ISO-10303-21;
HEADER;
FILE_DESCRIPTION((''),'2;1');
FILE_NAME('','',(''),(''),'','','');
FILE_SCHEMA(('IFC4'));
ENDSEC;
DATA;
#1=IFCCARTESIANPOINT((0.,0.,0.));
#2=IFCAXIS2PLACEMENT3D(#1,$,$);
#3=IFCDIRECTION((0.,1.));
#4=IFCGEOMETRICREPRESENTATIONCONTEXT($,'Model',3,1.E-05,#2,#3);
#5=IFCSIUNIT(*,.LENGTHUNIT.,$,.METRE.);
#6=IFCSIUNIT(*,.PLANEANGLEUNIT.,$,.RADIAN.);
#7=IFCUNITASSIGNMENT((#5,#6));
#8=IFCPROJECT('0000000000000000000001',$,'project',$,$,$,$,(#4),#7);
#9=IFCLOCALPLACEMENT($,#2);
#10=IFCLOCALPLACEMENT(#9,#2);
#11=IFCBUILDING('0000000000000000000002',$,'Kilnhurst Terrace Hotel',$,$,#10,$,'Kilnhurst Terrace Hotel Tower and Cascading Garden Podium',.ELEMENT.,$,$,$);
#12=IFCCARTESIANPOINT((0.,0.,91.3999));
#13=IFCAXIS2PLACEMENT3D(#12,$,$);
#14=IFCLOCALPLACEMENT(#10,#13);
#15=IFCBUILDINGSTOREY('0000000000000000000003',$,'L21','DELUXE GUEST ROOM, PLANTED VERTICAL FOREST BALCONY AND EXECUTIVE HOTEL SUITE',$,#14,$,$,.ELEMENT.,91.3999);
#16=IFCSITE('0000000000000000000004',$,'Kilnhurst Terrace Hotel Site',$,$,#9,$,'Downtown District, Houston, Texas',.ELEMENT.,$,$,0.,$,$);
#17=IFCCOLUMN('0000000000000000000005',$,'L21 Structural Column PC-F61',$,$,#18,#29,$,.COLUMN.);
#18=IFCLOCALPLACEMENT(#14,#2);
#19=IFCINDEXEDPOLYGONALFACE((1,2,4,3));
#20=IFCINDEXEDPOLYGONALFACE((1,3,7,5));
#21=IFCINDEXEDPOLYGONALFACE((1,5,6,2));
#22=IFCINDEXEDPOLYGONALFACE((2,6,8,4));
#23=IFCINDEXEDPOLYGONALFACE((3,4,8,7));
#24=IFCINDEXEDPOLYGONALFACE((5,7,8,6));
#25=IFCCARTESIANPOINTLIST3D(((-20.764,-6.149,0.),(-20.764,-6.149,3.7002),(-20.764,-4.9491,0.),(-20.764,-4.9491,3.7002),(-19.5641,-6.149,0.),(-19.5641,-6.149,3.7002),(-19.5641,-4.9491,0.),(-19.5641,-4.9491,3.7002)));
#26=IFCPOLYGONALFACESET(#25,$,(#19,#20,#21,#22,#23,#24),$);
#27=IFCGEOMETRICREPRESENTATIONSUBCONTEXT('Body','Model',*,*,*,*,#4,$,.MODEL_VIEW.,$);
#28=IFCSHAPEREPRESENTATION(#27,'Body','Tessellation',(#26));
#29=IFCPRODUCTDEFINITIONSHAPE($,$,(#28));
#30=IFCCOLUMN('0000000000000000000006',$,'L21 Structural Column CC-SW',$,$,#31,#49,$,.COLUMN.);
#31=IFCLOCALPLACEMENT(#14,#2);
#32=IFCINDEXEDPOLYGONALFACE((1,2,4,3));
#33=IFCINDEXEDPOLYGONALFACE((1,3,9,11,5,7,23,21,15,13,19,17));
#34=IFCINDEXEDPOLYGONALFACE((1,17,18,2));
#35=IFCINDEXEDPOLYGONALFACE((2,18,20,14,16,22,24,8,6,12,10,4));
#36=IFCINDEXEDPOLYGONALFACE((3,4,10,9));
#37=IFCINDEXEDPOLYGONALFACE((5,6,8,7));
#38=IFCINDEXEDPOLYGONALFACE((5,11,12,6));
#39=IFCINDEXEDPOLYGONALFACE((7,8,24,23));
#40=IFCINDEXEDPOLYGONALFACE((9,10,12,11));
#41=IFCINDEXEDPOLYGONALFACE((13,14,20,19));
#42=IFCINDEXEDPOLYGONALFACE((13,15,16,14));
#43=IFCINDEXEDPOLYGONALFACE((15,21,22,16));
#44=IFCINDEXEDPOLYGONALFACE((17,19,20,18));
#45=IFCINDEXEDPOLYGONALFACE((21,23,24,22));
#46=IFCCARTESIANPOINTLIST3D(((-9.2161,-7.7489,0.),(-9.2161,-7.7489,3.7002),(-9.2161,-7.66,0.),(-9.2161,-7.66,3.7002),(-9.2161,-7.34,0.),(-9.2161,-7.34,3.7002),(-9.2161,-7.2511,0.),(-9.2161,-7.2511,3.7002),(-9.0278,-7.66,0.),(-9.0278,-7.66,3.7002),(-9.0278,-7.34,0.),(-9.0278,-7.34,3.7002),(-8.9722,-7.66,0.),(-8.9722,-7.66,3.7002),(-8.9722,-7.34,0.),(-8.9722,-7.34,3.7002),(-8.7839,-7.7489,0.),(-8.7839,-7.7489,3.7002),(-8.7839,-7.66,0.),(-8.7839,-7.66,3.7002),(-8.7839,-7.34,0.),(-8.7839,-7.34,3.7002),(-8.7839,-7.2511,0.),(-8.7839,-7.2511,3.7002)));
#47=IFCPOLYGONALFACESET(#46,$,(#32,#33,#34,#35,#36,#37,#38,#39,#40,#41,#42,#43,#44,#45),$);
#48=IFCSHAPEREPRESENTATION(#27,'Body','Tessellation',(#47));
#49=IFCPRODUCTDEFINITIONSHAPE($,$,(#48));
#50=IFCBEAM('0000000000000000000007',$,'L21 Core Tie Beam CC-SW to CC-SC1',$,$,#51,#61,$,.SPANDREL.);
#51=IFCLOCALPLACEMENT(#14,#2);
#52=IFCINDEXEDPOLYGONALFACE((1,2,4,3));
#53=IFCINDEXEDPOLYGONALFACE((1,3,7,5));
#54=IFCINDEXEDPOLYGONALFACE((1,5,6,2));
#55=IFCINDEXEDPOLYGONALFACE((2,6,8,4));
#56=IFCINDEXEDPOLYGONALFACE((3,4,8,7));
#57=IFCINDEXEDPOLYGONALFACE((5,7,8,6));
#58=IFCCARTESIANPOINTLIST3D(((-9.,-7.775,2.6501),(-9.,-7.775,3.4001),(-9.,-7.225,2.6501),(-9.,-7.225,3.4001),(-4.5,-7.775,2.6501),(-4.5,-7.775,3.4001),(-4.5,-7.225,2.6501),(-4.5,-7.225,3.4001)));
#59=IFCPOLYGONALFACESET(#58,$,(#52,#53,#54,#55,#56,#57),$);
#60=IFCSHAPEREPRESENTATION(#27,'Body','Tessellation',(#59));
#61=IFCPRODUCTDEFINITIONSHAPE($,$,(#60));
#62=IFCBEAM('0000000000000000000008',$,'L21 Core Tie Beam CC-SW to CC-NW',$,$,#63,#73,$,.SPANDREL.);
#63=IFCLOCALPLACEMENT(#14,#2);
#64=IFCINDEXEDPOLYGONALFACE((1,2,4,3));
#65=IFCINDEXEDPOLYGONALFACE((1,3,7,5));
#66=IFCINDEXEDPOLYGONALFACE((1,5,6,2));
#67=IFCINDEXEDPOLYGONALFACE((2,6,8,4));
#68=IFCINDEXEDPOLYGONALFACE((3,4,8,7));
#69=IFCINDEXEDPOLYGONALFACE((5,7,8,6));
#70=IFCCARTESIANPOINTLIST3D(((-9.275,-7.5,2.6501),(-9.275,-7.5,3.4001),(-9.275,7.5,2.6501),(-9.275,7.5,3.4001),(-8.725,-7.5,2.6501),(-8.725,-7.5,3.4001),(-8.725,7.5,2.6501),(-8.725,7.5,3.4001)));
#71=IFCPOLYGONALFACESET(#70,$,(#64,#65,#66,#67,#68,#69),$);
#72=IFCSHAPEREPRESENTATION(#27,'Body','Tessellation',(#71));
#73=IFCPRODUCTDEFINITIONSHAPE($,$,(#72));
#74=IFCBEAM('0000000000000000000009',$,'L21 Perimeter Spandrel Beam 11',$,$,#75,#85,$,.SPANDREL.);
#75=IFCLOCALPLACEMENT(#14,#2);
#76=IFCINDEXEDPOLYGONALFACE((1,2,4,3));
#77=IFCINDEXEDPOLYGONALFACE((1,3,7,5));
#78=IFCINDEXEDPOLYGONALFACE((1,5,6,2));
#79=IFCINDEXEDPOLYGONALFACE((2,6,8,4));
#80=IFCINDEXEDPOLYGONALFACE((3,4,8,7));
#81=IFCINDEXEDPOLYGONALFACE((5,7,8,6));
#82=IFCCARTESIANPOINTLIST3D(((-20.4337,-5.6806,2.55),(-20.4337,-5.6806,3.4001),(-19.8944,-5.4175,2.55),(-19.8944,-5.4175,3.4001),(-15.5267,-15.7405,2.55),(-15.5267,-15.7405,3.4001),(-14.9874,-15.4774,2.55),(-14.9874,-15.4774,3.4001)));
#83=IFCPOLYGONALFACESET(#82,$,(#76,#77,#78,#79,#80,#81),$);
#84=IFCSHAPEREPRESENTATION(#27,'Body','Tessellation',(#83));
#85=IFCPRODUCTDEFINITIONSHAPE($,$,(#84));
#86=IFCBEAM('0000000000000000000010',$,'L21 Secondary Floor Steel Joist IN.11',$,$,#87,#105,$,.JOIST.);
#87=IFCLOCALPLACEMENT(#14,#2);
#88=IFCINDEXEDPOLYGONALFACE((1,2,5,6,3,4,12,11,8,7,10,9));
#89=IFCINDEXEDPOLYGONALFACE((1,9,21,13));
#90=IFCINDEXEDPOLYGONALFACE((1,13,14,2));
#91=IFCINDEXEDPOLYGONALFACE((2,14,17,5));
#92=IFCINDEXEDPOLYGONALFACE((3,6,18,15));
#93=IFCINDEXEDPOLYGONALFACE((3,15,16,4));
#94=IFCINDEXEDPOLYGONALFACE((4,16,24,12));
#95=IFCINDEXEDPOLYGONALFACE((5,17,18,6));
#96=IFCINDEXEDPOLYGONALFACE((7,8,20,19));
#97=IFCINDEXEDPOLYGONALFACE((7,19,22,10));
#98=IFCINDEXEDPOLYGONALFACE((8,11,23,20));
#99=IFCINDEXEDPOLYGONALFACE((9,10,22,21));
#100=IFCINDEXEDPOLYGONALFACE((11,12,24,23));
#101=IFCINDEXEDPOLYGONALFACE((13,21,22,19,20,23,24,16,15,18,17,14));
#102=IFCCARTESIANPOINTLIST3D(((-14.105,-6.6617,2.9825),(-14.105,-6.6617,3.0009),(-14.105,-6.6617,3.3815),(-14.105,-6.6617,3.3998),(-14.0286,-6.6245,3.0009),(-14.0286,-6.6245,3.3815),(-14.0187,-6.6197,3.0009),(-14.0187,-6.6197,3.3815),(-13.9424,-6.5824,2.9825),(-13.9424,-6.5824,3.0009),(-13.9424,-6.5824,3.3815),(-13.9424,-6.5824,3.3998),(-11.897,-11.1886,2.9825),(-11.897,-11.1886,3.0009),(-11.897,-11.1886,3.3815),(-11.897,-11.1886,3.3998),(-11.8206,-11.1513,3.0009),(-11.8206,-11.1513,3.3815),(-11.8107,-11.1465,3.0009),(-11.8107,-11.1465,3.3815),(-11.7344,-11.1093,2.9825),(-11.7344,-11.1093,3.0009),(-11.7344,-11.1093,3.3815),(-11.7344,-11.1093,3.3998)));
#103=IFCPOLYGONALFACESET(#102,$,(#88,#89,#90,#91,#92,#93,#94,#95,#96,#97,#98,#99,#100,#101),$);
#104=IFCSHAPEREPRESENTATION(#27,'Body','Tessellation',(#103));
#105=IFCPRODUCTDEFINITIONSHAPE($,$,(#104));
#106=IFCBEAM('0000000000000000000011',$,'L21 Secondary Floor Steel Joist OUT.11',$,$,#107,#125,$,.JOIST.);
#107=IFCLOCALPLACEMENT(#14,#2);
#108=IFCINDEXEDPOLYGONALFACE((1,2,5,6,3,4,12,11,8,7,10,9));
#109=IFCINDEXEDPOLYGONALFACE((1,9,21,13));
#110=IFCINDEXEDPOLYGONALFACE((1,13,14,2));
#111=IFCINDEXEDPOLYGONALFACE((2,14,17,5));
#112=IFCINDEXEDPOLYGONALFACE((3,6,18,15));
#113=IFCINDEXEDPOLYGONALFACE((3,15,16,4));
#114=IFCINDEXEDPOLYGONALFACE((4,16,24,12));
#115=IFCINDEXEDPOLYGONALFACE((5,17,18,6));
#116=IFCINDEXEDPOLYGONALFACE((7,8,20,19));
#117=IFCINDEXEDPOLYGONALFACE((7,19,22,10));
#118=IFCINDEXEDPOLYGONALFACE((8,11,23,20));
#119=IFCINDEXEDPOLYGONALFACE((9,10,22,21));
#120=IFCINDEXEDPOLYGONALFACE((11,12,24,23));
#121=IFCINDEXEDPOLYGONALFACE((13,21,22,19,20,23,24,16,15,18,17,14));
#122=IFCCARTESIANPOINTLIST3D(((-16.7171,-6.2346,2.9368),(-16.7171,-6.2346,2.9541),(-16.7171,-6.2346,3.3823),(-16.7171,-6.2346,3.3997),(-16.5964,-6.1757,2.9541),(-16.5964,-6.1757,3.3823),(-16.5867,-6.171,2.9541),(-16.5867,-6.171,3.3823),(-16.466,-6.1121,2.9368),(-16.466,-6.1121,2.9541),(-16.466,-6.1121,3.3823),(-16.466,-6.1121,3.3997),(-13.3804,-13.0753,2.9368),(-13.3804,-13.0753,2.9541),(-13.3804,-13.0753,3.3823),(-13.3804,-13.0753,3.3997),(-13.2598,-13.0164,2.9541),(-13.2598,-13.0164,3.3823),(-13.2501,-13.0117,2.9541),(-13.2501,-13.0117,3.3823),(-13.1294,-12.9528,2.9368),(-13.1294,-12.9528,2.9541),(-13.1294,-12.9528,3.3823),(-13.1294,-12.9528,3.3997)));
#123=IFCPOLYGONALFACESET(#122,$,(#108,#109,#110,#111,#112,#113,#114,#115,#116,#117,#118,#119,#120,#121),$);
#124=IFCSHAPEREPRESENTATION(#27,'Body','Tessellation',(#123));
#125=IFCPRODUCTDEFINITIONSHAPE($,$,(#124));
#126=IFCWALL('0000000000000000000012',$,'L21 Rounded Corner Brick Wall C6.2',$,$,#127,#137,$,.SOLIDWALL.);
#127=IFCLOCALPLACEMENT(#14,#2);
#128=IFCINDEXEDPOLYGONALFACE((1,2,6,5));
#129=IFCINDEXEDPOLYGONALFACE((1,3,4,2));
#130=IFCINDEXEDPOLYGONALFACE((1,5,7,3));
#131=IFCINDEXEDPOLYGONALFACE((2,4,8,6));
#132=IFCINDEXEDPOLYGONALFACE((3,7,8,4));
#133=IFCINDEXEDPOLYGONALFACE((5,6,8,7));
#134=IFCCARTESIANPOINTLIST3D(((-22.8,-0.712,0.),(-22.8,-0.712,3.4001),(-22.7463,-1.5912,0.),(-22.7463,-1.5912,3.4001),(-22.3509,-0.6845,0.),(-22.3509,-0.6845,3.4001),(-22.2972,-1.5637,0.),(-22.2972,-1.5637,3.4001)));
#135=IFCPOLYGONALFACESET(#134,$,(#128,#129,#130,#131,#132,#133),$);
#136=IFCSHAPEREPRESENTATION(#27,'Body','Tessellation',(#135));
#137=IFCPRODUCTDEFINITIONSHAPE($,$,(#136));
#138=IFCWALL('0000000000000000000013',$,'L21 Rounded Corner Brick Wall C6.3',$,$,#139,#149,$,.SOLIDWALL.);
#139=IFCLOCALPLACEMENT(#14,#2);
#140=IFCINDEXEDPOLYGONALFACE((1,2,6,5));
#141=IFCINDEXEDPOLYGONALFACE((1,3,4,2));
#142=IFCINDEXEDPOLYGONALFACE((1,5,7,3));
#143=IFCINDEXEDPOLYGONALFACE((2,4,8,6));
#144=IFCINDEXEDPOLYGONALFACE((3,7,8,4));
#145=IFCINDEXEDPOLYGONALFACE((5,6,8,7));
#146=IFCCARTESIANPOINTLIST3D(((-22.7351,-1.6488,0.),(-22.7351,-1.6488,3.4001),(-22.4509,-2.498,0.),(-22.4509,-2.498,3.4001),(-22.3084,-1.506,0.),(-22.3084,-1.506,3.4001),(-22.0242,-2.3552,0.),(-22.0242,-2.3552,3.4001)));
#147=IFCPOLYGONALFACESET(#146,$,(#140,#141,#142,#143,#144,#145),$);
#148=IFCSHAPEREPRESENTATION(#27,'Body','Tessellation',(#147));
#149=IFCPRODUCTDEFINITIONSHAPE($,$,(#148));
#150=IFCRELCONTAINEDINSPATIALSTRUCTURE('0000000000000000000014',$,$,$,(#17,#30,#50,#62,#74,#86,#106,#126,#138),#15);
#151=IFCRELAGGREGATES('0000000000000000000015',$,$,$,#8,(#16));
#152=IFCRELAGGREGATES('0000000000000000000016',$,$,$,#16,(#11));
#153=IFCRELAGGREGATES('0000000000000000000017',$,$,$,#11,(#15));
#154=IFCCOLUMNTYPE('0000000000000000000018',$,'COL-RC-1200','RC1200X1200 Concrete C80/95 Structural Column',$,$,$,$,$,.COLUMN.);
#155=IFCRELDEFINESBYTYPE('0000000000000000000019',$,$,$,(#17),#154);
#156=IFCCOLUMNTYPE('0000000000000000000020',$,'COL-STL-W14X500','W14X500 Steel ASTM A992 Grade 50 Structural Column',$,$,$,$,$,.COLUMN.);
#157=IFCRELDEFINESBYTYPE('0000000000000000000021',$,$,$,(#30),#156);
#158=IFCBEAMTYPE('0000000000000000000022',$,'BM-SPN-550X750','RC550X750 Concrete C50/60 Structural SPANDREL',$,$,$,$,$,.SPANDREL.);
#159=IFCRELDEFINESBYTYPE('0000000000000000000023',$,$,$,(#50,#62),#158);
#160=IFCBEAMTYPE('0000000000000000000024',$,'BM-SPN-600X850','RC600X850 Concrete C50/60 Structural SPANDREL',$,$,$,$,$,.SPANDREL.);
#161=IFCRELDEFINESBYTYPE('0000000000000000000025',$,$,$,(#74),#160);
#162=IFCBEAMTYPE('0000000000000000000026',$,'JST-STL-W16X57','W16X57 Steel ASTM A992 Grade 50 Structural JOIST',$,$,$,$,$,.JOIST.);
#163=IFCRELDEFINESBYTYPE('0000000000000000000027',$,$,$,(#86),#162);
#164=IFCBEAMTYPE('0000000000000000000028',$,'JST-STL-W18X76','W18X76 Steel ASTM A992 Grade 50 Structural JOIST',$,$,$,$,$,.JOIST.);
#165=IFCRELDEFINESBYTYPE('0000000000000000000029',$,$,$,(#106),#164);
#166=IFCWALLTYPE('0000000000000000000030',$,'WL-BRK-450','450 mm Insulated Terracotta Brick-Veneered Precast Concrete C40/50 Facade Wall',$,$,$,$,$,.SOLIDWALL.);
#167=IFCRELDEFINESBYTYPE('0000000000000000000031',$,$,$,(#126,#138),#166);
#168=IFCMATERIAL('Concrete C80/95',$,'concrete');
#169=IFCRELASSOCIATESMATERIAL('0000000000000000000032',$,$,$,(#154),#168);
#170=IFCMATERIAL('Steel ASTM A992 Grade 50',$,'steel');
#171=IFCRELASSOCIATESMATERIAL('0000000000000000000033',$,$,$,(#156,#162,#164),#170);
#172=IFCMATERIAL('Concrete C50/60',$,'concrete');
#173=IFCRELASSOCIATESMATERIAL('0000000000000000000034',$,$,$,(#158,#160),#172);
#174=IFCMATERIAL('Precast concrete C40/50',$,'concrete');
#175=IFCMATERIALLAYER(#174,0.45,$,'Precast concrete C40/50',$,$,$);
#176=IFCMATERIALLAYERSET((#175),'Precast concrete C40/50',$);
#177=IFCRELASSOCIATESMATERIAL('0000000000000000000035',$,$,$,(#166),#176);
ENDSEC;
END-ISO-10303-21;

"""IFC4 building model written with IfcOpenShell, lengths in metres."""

from ifc_helpers import new_model, si_unit, direction, frame, frame_2d, origin, origin_2d, place, context, subcontext, project, spatial, rectangle, i_section, extrude, material, layer, layer_set, material_profile, profile_set, type_object, element, save


model = new_model("IFC4")

# Units and contexts
model_context = context("Model", 3, precision=1e-05, world=origin(), true_north=direction((0.0, 1.0)))
body_context = subcontext(model_context, "Body", "Model", "MODEL_VIEW")
ifc_project = project(units=[si_unit("LENGTHUNIT", "METRE"), si_unit("PLANEANGLEUNIT", "RADIAN")], contexts=[model_context])

# Site, building, storey
site_placement = place(None, origin())
site = spatial("IfcSite", under=ifc_project, at=site_placement, Name="Kilnhurst Terrace Hotel Site", LongName="Downtown District, Houston, Texas", CompositionType="ELEMENT", RefElevation=0.0)
building_placement = place(site_placement, origin())
building = spatial("IfcBuilding", under=site, at=building_placement, Name="Kilnhurst Terrace Hotel", LongName="Kilnhurst Terrace Hotel Tower and Cascading Garden Podium", CompositionType="ELEMENT")
storey_placement = place(building_placement, frame((0.0, 0.0, 91.3999)))
storey = spatial("IfcBuildingStorey", under=building, at=storey_placement, Name="L21", Description="DELUXE GUEST ROOM, PLANTED VERTICAL FOREST BALCONY AND EXECUTIVE HOTEL SUITE", CompositionType="ELEMENT", Elevation=91.3999)

# Columns
ifc_material_1 = material(Name="Concrete C80/95", Category="concrete")
ifc_material_profile_1 = material_profile(ifc_material_1, rectangle(XDim=1.2, YDim=1.2, at=origin_2d()), Name="RC1200X1200")
ifc_profile_set_1 = profile_set([ifc_material_profile_1], Name="Concrete C80/95")
column_type_1 = type_object("IfcColumnType", Name="COL-RC-1200", Description="RC1200X1200 Concrete C80/95 Structural Column", PredefinedType="COLUMN", material=ifc_profile_set_1)
column_1_placement = place(storey_placement, frame((-20.1641, -5.5491, 0.0), z_axis=(0.0, 0.0, 1.0), x_axis=(1.0, 0.0, 0.0)))
element("IfcColumn", 1, at=column_1_placement, inside=storey, type_object=column_type_1, Name="L21 Structural Column PC-F61", PredefinedType="COLUMN", context=body_context, shape_type="SweptSolid", body=[
    extrude(rectangle(XDim=1.2, YDim=1.2, at=origin_2d()), origin(), (0.0, 0.0, 1.0), 3.7002),
])
ifc_material_2 = material(Name="Steel ASTM A992 Grade 50", Category="steel")
ifc_material_profile_2 = material_profile(ifc_material_2, i_section(OverallWidth=0.4321, OverallDepth=0.4978, WebThickness=0.0557, FlangeThickness=0.0889, at=origin_2d()), Name="W14X500")
ifc_profile_set_2 = profile_set([ifc_material_profile_2], Name="Steel ASTM A992 Grade 50")
column_type_2 = type_object("IfcColumnType", Name="COL-STL-W14X500", Description="W14X500 Steel ASTM A992 Grade 50 Structural Column", PredefinedType="COLUMN", material=ifc_profile_set_2)
column_2_placement = place(storey_placement, frame((-9.0, -7.5, 0.0), z_axis=(0.0, 0.0, 1.0), x_axis=(1.0, 0.0, 0.0)))
element("IfcColumn", 2, at=column_2_placement, inside=storey, type_object=column_type_2, Name="L21 Structural Column CC-SW", PredefinedType="COLUMN", context=body_context, shape_type="SweptSolid", body=[
    extrude(i_section(OverallWidth=0.4321, OverallDepth=0.4978, WebThickness=0.0557, FlangeThickness=0.0889, at=origin_2d()), origin(), (0.0, 0.0, 1.0), 3.7002),
])

# Beams
ifc_material_3 = material(Name="Concrete C50/60", Category="concrete")
ifc_material_profile_3 = material_profile(ifc_material_3, rectangle(XDim=0.55, YDim=0.75, at=origin_2d()), Name="RC550X750")
ifc_profile_set_3 = profile_set([ifc_material_profile_3], Name="Concrete C50/60")
beam_type_1 = type_object("IfcBeamType", Name="BM-SPN-550X750", Description="RC550X750 Concrete C50/60 Structural SPANDREL", PredefinedType="SPANDREL", material=ifc_profile_set_3)
beam_1_placement = place(storey_placement, frame((-9.0, -7.5, 3.0251), z_axis=(1.0, 0.0, 0.0), x_axis=(0.0, 1.0, 0.0)))
element("IfcBeam", 3, at=beam_1_placement, inside=storey, type_object=beam_type_1, Name="L21 Core Tie Beam CC-SW to CC-SC1", PredefinedType="SPANDREL", context=body_context, shape_type="SweptSolid", body=[
    extrude(rectangle(XDim=0.55, YDim=0.75, at=origin_2d()), origin(), (0.0, 0.0, 1.0), 4.5),
])
beam_2_placement = place(storey_placement, frame((-9.0, -7.5, 3.0251), z_axis=(0.0, 1.0, 0.0), x_axis=(-1.0, 0.0, 0.0)))
element("IfcBeam", 4, at=beam_2_placement, inside=storey, type_object=beam_type_1, Name="L21 Core Tie Beam CC-SW to CC-NW", PredefinedType="SPANDREL", context=body_context, shape_type="SweptSolid", body=[
    extrude(rectangle(XDim=0.55, YDim=0.75, at=origin_2d()), origin(), (0.0, 0.0, 1.0), 15.0),
])
ifc_material_profile_4 = material_profile(ifc_material_3, rectangle(XDim=0.6001, YDim=0.8501, at=origin_2d()), Name="RC600X850")
ifc_profile_set_4 = profile_set([ifc_material_profile_4], Name="Concrete C50/60")
beam_type_2 = type_object("IfcBeamType", Name="BM-SPN-600X850", Description="RC600X850 Concrete C50/60 Structural SPANDREL", PredefinedType="SPANDREL", material=ifc_profile_set_4)
beam_3_placement = place(storey_placement, frame((-20.1641, -5.5491, 2.9751), z_axis=(0.438406, -0.898777, 0.0), x_axis=(0.898777, 0.438406, 0.0)))
element("IfcBeam", 5, at=beam_3_placement, inside=storey, type_object=beam_type_2, Name="L21 Perimeter Spandrel Beam 11", PredefinedType="SPANDREL", context=body_context, shape_type="SweptSolid", body=[
    extrude(rectangle(XDim=0.6001, YDim=0.8501, at=origin_2d()), origin(), (0.0, 0.0, 1.0), 11.1929),
])
ifc_material_profile_5 = material_profile(ifc_material_2, i_section(OverallWidth=0.1809, OverallDepth=0.4172, WebThickness=0.011, FlangeThickness=0.0183, at=origin_2d()), Name="W16X57")
ifc_profile_set_5 = profile_set([ifc_material_profile_5], Name="Steel ASTM A992 Grade 50")
beam_type_3 = type_object("IfcBeamType", Name="JST-STL-W16X57", Description="W16X57 Steel ASTM A992 Grade 50 Structural JOIST", PredefinedType="JOIST", material=ifc_profile_set_5)
beam_4_placement = place(storey_placement, frame((-14.0237, -6.6221, 3.1912), z_axis=(0.438389, -0.898785, 0.0), x_axis=(0.898785, 0.438389, 0.0)))
element("IfcBeam", 6, at=beam_4_placement, inside=storey, type_object=beam_type_3, Name="L21 Secondary Floor Steel Joist IN.11", PredefinedType="JOIST", context=body_context, shape_type="SweptSolid", body=[
    extrude(i_section(OverallWidth=0.1809, OverallDepth=0.4172, WebThickness=0.011, FlangeThickness=0.0183, at=origin_2d()), origin(), (0.0, 0.0, 1.0), 5.0366),
])
ifc_material_profile_6 = material_profile(ifc_material_2, i_section(OverallWidth=0.2793, OverallDepth=0.4629, WebThickness=0.0107, FlangeThickness=0.0173, at=origin_2d()), Name="W18X76")
ifc_profile_set_6 = profile_set([ifc_material_profile_6], Name="Steel ASTM A992 Grade 50")
beam_type_4 = type_object("IfcBeamType", Name="JST-STL-W18X76", Description="W18X76 Steel ASTM A992 Grade 50 Structural JOIST", PredefinedType="JOIST", material=ifc_profile_set_6)
beam_5_placement = place(storey_placement, frame((-16.5916, -6.1733, 3.1682), z_axis=(0.43839, -0.898785, 0.0), x_axis=(0.898785, 0.43839, 0.0)))
element("IfcBeam", 7, at=beam_5_placement, inside=storey, type_object=beam_type_4, Name="L21 Secondary Floor Steel Joist OUT.11", PredefinedType="JOIST", context=body_context, shape_type="SweptSolid", body=[
    extrude(i_section(OverallWidth=0.2793, OverallDepth=0.4629, WebThickness=0.0107, FlangeThickness=0.0173, at=origin_2d()), origin(), (0.0, 0.0, 1.0), 7.6111),
])

# Walls
ifc_material_4 = material(Name="Precast concrete C40/50", Category="concrete")
ifc_layer_1 = layer(ifc_material_4, 0.45, Name="Precast concrete C40/50")
ifc_layer_set_1 = layer_set([ifc_layer_1], Name="Precast concrete C40/50")
wall_type_1 = type_object("IfcWallType", Name="WL-BRK-450", Description="450 mm Insulated Terracotta Brick-Veneered Precast Concrete C40/50 Facade Wall", PredefinedType="SOLIDWALL", material=ifc_layer_set_1)
wall_1_placement = place(storey_placement, frame((-22.5754, -0.6982, 0.0), z_axis=(0.0, 0.0, 1.0), x_axis=(0.06098, -0.998139, 0.0)))
element("IfcWall", 8, at=wall_1_placement, inside=storey, type_object=wall_type_1, Name="L21 Rounded Corner Brick Wall C6.2", PredefinedType="SOLIDWALL", context=body_context, shape_type="SweptSolid", body=[
    extrude(rectangle(XDim=0.8809, YDim=0.45, at=frame_2d((0.4404, 0.0))), origin(), (0.0, 0.0, 1.0), 3.4001),
])
wall_2_placement = place(storey_placement, frame((-22.5217, -1.5774, 0.0), z_axis=(0.0, 0.0, 1.0), x_axis=(0.317373, -0.948301, 0.0)))
element("IfcWall", 9, at=wall_2_placement, inside=storey, type_object=wall_type_1, Name="L21 Rounded Corner Brick Wall C6.3", PredefinedType="SOLIDWALL", context=body_context, shape_type="SweptSolid", body=[
    extrude(rectangle(XDim=0.8955, YDim=0.45, at=frame_2d((0.4478, 0.0))), origin(), (0.0, 0.0, 1.0), 3.4001),
])

save(model, "model.ifc")
